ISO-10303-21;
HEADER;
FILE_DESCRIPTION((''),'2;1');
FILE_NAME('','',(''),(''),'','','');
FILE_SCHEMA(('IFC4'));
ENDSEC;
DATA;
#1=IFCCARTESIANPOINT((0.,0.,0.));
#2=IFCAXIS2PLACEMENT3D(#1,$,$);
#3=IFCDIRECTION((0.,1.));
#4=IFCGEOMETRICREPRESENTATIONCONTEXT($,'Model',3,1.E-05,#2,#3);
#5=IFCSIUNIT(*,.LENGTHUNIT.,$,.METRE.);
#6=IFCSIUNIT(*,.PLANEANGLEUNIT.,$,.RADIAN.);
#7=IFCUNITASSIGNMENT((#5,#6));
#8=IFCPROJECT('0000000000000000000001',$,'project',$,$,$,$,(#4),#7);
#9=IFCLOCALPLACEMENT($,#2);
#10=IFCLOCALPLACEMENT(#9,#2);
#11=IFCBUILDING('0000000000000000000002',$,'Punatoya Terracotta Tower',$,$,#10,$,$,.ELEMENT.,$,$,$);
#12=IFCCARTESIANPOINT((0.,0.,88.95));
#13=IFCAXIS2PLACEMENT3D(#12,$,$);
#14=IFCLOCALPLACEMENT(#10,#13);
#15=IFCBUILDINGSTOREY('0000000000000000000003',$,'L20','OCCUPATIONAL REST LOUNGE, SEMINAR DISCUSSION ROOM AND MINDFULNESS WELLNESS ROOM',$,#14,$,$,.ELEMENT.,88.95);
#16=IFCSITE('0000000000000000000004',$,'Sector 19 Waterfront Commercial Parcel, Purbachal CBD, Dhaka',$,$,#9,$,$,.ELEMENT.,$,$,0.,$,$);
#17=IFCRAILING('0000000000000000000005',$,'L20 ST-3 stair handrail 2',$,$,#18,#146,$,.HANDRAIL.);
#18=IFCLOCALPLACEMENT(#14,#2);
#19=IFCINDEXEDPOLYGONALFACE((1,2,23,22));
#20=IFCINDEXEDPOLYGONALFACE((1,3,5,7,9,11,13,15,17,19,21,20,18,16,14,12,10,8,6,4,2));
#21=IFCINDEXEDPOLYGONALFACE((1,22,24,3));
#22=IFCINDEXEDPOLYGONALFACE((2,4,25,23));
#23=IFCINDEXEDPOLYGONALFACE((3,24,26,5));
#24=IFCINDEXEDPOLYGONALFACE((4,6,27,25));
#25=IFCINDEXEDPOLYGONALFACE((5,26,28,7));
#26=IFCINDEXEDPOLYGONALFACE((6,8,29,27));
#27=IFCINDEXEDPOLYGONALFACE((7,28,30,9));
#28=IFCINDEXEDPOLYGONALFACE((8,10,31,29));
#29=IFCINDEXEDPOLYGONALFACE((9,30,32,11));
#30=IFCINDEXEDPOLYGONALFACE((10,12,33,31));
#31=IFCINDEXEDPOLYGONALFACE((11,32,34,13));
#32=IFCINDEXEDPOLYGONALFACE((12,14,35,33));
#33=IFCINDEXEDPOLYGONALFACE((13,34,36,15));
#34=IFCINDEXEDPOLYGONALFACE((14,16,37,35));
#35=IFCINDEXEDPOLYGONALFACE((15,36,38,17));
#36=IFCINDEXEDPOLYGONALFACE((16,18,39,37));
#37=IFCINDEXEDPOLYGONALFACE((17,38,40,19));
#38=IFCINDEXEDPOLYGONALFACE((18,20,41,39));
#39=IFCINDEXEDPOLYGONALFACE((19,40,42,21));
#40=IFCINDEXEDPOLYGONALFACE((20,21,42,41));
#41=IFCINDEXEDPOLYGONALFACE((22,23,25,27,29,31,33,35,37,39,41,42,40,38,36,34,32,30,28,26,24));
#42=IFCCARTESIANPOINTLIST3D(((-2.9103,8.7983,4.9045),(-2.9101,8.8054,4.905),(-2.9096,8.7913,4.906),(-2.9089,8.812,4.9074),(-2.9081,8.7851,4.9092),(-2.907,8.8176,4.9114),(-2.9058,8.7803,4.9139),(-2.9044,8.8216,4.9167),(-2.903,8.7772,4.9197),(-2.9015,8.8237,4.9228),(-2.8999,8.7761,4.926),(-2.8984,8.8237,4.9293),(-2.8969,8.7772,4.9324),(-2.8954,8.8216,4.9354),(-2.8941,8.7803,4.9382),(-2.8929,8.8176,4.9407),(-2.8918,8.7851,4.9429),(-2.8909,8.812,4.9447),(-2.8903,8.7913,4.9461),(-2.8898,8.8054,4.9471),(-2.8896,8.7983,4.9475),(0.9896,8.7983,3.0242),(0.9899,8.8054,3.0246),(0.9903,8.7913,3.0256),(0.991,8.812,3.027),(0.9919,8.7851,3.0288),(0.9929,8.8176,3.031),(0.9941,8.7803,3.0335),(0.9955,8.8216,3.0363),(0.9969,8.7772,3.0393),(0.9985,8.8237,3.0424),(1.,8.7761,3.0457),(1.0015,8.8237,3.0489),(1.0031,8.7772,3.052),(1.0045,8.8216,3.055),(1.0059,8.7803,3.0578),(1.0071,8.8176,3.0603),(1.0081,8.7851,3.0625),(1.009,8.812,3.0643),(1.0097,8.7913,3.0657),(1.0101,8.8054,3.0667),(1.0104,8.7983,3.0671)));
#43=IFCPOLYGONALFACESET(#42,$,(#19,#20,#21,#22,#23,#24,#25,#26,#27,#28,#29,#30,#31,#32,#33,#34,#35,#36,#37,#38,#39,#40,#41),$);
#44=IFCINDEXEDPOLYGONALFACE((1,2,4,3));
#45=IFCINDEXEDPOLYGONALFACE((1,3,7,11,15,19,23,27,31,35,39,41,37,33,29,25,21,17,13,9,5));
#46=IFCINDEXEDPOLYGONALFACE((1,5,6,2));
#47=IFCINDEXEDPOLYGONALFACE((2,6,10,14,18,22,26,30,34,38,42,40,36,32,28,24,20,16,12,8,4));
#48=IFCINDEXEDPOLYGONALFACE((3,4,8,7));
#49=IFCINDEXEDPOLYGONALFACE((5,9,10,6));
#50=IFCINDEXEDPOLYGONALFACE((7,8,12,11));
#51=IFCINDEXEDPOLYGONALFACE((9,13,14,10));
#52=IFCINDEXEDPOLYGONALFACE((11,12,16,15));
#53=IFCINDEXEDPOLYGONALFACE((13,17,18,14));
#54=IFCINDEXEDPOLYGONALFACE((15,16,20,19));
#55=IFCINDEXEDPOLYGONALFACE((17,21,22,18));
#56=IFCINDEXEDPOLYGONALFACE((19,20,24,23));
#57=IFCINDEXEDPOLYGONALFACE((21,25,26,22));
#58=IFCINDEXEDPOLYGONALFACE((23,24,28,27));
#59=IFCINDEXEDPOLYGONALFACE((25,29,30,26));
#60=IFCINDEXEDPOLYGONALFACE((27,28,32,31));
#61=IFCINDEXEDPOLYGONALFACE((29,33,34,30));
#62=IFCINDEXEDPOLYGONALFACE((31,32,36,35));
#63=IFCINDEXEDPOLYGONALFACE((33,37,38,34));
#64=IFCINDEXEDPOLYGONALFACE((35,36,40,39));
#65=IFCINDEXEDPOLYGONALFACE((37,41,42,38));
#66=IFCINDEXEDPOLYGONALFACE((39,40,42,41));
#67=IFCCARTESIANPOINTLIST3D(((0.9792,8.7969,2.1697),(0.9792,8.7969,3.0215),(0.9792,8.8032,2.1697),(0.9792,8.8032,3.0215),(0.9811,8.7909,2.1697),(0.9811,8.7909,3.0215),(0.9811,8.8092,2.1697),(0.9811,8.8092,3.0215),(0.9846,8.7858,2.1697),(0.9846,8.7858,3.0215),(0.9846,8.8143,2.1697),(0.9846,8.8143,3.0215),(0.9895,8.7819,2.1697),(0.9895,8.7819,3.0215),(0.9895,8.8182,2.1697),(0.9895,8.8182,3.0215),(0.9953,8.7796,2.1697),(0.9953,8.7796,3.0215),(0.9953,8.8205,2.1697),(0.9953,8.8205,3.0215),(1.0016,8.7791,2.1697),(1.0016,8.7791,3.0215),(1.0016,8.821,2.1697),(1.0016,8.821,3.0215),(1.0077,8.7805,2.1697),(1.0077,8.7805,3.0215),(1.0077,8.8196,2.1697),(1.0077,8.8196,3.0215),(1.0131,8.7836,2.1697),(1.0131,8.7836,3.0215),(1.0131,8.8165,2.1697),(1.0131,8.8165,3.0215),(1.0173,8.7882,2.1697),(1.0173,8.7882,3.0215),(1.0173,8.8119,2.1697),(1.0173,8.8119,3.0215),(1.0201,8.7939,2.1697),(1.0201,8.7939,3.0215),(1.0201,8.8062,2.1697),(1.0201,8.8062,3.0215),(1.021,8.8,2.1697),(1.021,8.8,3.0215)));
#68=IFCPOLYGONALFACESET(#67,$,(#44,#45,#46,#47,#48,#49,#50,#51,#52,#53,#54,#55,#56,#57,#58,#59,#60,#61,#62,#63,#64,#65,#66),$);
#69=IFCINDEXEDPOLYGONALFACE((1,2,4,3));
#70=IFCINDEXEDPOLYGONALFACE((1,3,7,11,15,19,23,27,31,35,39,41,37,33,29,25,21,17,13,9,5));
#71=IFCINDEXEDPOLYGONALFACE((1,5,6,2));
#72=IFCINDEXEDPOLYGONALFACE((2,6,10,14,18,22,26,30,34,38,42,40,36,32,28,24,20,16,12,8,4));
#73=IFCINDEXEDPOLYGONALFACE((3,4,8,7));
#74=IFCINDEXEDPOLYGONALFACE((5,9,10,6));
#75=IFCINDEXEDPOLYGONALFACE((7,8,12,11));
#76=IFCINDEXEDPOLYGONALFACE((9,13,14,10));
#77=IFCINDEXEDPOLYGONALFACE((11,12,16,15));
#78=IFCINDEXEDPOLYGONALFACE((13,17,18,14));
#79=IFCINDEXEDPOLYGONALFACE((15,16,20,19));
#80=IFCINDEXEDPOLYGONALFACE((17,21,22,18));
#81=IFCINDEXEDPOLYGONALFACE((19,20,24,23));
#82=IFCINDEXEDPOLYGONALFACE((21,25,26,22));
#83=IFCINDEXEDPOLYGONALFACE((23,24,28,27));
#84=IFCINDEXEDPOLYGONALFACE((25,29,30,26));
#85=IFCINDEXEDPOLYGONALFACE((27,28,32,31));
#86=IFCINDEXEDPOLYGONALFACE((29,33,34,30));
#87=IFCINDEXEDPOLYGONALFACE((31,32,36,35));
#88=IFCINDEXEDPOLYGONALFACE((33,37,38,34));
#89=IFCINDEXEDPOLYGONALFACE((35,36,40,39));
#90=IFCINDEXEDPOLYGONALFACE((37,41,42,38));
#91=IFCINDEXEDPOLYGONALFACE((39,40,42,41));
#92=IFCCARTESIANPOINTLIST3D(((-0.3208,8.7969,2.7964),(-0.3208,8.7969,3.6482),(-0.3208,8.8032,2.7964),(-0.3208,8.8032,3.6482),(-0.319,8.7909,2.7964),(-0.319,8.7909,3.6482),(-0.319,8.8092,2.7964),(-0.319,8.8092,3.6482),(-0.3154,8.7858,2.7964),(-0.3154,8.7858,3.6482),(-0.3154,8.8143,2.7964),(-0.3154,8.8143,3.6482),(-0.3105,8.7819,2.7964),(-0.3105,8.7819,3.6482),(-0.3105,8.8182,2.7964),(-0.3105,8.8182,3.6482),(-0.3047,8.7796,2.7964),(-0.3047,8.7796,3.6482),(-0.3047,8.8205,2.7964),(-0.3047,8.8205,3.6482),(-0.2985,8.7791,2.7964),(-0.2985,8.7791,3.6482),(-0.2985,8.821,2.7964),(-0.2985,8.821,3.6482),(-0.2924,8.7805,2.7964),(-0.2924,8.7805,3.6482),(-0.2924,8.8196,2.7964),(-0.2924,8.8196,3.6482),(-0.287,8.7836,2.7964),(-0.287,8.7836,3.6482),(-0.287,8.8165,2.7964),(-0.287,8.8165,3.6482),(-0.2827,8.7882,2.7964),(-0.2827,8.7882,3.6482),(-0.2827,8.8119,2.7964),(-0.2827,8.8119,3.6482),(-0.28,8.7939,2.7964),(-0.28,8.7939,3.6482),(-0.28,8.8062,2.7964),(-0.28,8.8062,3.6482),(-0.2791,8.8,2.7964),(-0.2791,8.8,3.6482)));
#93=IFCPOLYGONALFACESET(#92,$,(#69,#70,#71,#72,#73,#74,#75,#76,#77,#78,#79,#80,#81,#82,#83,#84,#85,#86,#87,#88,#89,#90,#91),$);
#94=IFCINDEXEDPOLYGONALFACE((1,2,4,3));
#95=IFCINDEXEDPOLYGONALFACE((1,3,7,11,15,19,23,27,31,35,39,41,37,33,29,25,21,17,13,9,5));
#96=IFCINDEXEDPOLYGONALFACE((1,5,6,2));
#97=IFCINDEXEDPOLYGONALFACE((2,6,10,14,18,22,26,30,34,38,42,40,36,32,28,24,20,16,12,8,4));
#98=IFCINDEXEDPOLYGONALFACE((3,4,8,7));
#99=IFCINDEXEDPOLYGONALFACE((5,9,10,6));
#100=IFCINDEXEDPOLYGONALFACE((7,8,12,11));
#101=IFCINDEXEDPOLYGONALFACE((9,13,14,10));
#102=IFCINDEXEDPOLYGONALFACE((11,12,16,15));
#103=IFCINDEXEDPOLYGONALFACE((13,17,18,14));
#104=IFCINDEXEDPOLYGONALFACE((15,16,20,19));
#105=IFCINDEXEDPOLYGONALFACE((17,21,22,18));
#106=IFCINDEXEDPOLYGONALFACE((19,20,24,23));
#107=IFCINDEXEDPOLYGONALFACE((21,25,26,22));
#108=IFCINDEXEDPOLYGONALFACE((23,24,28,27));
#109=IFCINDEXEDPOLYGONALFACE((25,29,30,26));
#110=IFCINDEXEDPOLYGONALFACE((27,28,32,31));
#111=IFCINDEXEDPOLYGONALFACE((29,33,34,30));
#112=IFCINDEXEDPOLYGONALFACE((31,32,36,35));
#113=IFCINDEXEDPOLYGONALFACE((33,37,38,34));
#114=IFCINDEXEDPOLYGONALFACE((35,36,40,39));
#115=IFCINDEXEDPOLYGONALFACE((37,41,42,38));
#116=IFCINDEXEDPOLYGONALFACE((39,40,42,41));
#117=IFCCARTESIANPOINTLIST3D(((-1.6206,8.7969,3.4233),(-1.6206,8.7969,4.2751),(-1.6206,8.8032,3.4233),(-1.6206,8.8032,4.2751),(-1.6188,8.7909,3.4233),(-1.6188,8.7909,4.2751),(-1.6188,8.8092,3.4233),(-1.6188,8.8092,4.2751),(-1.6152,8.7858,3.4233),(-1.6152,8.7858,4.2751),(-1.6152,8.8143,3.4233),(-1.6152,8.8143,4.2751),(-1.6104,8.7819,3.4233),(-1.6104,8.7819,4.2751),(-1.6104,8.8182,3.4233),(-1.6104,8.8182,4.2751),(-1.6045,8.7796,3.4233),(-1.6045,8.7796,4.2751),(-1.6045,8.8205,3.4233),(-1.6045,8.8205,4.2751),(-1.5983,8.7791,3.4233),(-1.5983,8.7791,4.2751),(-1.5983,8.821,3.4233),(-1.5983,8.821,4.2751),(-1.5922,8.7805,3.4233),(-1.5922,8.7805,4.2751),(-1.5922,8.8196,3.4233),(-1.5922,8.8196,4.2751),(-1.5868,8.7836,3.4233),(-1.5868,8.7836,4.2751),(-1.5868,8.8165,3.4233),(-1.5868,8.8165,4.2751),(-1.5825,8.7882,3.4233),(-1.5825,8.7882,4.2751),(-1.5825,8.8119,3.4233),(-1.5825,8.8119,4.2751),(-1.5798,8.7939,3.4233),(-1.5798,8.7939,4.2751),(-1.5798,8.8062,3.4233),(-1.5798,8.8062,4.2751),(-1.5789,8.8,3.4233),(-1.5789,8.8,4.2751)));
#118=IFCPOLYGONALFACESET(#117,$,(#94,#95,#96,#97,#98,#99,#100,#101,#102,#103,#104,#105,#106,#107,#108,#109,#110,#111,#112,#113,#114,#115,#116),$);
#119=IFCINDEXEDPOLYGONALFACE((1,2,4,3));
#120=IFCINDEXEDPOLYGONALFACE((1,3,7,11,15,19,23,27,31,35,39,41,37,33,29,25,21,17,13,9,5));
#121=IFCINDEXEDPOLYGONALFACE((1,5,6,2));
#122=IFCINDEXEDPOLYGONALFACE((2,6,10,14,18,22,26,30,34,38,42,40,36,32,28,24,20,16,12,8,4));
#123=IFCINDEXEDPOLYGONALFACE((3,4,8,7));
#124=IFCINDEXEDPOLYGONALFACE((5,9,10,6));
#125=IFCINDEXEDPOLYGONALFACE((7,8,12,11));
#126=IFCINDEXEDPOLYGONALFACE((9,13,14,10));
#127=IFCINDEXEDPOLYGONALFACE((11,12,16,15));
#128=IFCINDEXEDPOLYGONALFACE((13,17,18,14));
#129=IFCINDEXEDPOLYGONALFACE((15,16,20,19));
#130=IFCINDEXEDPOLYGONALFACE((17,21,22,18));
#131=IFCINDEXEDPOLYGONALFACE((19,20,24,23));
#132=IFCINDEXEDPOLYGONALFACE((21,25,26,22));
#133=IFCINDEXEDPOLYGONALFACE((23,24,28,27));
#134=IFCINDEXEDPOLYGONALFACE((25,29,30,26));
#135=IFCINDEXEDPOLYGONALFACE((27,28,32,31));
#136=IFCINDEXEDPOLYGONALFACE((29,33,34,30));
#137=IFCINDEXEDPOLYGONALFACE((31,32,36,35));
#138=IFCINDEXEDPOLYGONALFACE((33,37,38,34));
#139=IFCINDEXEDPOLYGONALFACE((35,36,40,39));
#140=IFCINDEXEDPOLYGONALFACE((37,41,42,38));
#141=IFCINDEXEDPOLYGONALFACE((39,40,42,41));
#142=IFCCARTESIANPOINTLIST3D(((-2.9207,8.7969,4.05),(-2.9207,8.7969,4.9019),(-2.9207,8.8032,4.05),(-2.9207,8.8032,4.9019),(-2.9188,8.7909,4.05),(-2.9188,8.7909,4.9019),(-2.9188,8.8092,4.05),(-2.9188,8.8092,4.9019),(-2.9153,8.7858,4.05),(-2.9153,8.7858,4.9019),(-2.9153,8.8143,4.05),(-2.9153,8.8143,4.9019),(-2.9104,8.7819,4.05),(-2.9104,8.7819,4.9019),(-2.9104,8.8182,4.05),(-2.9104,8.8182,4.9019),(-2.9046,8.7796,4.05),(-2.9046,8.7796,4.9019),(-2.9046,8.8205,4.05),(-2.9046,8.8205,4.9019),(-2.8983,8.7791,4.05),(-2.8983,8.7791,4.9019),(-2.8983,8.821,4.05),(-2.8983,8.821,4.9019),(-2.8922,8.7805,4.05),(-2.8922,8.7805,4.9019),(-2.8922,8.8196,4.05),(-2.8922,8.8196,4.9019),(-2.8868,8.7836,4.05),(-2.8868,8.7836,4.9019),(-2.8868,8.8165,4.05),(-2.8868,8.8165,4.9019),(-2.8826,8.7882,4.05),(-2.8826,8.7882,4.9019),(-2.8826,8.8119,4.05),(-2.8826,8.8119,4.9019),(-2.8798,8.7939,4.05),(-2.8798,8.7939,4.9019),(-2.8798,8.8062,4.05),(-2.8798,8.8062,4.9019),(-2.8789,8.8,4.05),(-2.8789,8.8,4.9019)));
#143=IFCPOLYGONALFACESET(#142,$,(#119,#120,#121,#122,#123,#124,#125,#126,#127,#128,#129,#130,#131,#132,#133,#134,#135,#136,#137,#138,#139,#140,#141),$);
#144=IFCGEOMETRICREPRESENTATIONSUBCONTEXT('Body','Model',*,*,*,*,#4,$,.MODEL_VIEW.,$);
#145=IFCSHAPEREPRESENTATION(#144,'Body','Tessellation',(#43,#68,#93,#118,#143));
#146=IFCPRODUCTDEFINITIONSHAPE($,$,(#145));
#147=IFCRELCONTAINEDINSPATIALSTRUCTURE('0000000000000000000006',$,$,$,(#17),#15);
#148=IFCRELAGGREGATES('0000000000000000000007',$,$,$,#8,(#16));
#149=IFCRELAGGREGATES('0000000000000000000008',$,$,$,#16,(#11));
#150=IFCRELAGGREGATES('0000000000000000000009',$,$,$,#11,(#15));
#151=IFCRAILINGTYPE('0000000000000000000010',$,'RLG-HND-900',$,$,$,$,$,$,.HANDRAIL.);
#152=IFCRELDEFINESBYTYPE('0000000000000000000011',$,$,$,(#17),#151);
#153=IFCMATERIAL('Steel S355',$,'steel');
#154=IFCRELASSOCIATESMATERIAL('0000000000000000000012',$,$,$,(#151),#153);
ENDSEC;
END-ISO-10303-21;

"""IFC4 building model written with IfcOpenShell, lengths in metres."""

from ifc_helpers import new_model, si_unit, direction, frame, origin, origin_2d, place, context, subcontext, project, spatial, circle, extrude, material, type_object, element, save


model = new_model("IFC4")

# Units and contexts
model_context = context("Model", 3, precision=1e-05, world=origin(), true_north=direction((0.0, 1.0)))
body_context = subcontext(model_context, "Body", "Model", "MODEL_VIEW")
ifc_project = project(units=[si_unit("LENGTHUNIT", "METRE"), si_unit("PLANEANGLEUNIT", "RADIAN")], contexts=[model_context])

# Site, building, storey
site_placement = place(None, origin())
site = spatial("IfcSite", under=ifc_project, at=site_placement, Name="Sector 19 Waterfront Commercial Parcel, Purbachal CBD, Dhaka", CompositionType="ELEMENT", RefElevation=0.0)
building_placement = place(site_placement, origin())
building = spatial("IfcBuilding", under=site, at=building_placement, Name="Punatoya Terracotta Tower", CompositionType="ELEMENT")
storey_placement = place(building_placement, frame((0.0, 0.0, 88.95)))
storey = spatial("IfcBuildingStorey", under=building, at=storey_placement, Name="L20", Description="OCCUPATIONAL REST LOUNGE, SEMINAR DISCUSSION ROOM AND MINDFULNESS WELLNESS ROOM", CompositionType="ELEMENT", Elevation=88.95)

# Shared definitions
ifc_material_1 = material(Name="Steel S355", Category="steel")

# Railing
railing_type_1 = type_object("IfcRailingType", Name="RLG-HND-900", PredefinedType="HANDRAIL", material=ifc_material_1)
railing_1_placement = place(storey_placement, frame((1.0, 8.8, 2.1697)))
element("IfcRailing", 1, at=railing_1_placement, inside=storey, type_object=railing_type_1, Name="L20 ST-3 stair handrail 2", PredefinedType="HANDRAIL", context=body_context, shape_type="SweptSolid", body=[
    extrude(circle(Radius=0.0239, at=origin_2d()), frame((0.0, 0.0, 0.876), z_axis=(-0.900763, 0.0, 0.434311), x_axis=(0.0, -1.0, 0.0)), (0.0, 0.0, 1.0), 4.3296),
    extrude(circle(Radius=0.021, at=origin_2d()), origin(), (0.0, 0.0, 1.0), 0.8518),
    extrude(circle(Radius=0.021, at=origin_2d()), frame((-1.3, 0.0, 0.6267)), (0.0, 0.0, 1.0), 0.8518),
    extrude(circle(Radius=0.021, at=origin_2d()), frame((-2.5999, 0.0, 1.2537)), (0.0, 0.0, 1.0), 0.8518),
    extrude(circle(Radius=0.021, at=origin_2d()), frame((-3.8999, 0.0, 1.8804)), (0.0, 0.0, 1.0), 0.8518),
])

save(model, "model.ifc")
